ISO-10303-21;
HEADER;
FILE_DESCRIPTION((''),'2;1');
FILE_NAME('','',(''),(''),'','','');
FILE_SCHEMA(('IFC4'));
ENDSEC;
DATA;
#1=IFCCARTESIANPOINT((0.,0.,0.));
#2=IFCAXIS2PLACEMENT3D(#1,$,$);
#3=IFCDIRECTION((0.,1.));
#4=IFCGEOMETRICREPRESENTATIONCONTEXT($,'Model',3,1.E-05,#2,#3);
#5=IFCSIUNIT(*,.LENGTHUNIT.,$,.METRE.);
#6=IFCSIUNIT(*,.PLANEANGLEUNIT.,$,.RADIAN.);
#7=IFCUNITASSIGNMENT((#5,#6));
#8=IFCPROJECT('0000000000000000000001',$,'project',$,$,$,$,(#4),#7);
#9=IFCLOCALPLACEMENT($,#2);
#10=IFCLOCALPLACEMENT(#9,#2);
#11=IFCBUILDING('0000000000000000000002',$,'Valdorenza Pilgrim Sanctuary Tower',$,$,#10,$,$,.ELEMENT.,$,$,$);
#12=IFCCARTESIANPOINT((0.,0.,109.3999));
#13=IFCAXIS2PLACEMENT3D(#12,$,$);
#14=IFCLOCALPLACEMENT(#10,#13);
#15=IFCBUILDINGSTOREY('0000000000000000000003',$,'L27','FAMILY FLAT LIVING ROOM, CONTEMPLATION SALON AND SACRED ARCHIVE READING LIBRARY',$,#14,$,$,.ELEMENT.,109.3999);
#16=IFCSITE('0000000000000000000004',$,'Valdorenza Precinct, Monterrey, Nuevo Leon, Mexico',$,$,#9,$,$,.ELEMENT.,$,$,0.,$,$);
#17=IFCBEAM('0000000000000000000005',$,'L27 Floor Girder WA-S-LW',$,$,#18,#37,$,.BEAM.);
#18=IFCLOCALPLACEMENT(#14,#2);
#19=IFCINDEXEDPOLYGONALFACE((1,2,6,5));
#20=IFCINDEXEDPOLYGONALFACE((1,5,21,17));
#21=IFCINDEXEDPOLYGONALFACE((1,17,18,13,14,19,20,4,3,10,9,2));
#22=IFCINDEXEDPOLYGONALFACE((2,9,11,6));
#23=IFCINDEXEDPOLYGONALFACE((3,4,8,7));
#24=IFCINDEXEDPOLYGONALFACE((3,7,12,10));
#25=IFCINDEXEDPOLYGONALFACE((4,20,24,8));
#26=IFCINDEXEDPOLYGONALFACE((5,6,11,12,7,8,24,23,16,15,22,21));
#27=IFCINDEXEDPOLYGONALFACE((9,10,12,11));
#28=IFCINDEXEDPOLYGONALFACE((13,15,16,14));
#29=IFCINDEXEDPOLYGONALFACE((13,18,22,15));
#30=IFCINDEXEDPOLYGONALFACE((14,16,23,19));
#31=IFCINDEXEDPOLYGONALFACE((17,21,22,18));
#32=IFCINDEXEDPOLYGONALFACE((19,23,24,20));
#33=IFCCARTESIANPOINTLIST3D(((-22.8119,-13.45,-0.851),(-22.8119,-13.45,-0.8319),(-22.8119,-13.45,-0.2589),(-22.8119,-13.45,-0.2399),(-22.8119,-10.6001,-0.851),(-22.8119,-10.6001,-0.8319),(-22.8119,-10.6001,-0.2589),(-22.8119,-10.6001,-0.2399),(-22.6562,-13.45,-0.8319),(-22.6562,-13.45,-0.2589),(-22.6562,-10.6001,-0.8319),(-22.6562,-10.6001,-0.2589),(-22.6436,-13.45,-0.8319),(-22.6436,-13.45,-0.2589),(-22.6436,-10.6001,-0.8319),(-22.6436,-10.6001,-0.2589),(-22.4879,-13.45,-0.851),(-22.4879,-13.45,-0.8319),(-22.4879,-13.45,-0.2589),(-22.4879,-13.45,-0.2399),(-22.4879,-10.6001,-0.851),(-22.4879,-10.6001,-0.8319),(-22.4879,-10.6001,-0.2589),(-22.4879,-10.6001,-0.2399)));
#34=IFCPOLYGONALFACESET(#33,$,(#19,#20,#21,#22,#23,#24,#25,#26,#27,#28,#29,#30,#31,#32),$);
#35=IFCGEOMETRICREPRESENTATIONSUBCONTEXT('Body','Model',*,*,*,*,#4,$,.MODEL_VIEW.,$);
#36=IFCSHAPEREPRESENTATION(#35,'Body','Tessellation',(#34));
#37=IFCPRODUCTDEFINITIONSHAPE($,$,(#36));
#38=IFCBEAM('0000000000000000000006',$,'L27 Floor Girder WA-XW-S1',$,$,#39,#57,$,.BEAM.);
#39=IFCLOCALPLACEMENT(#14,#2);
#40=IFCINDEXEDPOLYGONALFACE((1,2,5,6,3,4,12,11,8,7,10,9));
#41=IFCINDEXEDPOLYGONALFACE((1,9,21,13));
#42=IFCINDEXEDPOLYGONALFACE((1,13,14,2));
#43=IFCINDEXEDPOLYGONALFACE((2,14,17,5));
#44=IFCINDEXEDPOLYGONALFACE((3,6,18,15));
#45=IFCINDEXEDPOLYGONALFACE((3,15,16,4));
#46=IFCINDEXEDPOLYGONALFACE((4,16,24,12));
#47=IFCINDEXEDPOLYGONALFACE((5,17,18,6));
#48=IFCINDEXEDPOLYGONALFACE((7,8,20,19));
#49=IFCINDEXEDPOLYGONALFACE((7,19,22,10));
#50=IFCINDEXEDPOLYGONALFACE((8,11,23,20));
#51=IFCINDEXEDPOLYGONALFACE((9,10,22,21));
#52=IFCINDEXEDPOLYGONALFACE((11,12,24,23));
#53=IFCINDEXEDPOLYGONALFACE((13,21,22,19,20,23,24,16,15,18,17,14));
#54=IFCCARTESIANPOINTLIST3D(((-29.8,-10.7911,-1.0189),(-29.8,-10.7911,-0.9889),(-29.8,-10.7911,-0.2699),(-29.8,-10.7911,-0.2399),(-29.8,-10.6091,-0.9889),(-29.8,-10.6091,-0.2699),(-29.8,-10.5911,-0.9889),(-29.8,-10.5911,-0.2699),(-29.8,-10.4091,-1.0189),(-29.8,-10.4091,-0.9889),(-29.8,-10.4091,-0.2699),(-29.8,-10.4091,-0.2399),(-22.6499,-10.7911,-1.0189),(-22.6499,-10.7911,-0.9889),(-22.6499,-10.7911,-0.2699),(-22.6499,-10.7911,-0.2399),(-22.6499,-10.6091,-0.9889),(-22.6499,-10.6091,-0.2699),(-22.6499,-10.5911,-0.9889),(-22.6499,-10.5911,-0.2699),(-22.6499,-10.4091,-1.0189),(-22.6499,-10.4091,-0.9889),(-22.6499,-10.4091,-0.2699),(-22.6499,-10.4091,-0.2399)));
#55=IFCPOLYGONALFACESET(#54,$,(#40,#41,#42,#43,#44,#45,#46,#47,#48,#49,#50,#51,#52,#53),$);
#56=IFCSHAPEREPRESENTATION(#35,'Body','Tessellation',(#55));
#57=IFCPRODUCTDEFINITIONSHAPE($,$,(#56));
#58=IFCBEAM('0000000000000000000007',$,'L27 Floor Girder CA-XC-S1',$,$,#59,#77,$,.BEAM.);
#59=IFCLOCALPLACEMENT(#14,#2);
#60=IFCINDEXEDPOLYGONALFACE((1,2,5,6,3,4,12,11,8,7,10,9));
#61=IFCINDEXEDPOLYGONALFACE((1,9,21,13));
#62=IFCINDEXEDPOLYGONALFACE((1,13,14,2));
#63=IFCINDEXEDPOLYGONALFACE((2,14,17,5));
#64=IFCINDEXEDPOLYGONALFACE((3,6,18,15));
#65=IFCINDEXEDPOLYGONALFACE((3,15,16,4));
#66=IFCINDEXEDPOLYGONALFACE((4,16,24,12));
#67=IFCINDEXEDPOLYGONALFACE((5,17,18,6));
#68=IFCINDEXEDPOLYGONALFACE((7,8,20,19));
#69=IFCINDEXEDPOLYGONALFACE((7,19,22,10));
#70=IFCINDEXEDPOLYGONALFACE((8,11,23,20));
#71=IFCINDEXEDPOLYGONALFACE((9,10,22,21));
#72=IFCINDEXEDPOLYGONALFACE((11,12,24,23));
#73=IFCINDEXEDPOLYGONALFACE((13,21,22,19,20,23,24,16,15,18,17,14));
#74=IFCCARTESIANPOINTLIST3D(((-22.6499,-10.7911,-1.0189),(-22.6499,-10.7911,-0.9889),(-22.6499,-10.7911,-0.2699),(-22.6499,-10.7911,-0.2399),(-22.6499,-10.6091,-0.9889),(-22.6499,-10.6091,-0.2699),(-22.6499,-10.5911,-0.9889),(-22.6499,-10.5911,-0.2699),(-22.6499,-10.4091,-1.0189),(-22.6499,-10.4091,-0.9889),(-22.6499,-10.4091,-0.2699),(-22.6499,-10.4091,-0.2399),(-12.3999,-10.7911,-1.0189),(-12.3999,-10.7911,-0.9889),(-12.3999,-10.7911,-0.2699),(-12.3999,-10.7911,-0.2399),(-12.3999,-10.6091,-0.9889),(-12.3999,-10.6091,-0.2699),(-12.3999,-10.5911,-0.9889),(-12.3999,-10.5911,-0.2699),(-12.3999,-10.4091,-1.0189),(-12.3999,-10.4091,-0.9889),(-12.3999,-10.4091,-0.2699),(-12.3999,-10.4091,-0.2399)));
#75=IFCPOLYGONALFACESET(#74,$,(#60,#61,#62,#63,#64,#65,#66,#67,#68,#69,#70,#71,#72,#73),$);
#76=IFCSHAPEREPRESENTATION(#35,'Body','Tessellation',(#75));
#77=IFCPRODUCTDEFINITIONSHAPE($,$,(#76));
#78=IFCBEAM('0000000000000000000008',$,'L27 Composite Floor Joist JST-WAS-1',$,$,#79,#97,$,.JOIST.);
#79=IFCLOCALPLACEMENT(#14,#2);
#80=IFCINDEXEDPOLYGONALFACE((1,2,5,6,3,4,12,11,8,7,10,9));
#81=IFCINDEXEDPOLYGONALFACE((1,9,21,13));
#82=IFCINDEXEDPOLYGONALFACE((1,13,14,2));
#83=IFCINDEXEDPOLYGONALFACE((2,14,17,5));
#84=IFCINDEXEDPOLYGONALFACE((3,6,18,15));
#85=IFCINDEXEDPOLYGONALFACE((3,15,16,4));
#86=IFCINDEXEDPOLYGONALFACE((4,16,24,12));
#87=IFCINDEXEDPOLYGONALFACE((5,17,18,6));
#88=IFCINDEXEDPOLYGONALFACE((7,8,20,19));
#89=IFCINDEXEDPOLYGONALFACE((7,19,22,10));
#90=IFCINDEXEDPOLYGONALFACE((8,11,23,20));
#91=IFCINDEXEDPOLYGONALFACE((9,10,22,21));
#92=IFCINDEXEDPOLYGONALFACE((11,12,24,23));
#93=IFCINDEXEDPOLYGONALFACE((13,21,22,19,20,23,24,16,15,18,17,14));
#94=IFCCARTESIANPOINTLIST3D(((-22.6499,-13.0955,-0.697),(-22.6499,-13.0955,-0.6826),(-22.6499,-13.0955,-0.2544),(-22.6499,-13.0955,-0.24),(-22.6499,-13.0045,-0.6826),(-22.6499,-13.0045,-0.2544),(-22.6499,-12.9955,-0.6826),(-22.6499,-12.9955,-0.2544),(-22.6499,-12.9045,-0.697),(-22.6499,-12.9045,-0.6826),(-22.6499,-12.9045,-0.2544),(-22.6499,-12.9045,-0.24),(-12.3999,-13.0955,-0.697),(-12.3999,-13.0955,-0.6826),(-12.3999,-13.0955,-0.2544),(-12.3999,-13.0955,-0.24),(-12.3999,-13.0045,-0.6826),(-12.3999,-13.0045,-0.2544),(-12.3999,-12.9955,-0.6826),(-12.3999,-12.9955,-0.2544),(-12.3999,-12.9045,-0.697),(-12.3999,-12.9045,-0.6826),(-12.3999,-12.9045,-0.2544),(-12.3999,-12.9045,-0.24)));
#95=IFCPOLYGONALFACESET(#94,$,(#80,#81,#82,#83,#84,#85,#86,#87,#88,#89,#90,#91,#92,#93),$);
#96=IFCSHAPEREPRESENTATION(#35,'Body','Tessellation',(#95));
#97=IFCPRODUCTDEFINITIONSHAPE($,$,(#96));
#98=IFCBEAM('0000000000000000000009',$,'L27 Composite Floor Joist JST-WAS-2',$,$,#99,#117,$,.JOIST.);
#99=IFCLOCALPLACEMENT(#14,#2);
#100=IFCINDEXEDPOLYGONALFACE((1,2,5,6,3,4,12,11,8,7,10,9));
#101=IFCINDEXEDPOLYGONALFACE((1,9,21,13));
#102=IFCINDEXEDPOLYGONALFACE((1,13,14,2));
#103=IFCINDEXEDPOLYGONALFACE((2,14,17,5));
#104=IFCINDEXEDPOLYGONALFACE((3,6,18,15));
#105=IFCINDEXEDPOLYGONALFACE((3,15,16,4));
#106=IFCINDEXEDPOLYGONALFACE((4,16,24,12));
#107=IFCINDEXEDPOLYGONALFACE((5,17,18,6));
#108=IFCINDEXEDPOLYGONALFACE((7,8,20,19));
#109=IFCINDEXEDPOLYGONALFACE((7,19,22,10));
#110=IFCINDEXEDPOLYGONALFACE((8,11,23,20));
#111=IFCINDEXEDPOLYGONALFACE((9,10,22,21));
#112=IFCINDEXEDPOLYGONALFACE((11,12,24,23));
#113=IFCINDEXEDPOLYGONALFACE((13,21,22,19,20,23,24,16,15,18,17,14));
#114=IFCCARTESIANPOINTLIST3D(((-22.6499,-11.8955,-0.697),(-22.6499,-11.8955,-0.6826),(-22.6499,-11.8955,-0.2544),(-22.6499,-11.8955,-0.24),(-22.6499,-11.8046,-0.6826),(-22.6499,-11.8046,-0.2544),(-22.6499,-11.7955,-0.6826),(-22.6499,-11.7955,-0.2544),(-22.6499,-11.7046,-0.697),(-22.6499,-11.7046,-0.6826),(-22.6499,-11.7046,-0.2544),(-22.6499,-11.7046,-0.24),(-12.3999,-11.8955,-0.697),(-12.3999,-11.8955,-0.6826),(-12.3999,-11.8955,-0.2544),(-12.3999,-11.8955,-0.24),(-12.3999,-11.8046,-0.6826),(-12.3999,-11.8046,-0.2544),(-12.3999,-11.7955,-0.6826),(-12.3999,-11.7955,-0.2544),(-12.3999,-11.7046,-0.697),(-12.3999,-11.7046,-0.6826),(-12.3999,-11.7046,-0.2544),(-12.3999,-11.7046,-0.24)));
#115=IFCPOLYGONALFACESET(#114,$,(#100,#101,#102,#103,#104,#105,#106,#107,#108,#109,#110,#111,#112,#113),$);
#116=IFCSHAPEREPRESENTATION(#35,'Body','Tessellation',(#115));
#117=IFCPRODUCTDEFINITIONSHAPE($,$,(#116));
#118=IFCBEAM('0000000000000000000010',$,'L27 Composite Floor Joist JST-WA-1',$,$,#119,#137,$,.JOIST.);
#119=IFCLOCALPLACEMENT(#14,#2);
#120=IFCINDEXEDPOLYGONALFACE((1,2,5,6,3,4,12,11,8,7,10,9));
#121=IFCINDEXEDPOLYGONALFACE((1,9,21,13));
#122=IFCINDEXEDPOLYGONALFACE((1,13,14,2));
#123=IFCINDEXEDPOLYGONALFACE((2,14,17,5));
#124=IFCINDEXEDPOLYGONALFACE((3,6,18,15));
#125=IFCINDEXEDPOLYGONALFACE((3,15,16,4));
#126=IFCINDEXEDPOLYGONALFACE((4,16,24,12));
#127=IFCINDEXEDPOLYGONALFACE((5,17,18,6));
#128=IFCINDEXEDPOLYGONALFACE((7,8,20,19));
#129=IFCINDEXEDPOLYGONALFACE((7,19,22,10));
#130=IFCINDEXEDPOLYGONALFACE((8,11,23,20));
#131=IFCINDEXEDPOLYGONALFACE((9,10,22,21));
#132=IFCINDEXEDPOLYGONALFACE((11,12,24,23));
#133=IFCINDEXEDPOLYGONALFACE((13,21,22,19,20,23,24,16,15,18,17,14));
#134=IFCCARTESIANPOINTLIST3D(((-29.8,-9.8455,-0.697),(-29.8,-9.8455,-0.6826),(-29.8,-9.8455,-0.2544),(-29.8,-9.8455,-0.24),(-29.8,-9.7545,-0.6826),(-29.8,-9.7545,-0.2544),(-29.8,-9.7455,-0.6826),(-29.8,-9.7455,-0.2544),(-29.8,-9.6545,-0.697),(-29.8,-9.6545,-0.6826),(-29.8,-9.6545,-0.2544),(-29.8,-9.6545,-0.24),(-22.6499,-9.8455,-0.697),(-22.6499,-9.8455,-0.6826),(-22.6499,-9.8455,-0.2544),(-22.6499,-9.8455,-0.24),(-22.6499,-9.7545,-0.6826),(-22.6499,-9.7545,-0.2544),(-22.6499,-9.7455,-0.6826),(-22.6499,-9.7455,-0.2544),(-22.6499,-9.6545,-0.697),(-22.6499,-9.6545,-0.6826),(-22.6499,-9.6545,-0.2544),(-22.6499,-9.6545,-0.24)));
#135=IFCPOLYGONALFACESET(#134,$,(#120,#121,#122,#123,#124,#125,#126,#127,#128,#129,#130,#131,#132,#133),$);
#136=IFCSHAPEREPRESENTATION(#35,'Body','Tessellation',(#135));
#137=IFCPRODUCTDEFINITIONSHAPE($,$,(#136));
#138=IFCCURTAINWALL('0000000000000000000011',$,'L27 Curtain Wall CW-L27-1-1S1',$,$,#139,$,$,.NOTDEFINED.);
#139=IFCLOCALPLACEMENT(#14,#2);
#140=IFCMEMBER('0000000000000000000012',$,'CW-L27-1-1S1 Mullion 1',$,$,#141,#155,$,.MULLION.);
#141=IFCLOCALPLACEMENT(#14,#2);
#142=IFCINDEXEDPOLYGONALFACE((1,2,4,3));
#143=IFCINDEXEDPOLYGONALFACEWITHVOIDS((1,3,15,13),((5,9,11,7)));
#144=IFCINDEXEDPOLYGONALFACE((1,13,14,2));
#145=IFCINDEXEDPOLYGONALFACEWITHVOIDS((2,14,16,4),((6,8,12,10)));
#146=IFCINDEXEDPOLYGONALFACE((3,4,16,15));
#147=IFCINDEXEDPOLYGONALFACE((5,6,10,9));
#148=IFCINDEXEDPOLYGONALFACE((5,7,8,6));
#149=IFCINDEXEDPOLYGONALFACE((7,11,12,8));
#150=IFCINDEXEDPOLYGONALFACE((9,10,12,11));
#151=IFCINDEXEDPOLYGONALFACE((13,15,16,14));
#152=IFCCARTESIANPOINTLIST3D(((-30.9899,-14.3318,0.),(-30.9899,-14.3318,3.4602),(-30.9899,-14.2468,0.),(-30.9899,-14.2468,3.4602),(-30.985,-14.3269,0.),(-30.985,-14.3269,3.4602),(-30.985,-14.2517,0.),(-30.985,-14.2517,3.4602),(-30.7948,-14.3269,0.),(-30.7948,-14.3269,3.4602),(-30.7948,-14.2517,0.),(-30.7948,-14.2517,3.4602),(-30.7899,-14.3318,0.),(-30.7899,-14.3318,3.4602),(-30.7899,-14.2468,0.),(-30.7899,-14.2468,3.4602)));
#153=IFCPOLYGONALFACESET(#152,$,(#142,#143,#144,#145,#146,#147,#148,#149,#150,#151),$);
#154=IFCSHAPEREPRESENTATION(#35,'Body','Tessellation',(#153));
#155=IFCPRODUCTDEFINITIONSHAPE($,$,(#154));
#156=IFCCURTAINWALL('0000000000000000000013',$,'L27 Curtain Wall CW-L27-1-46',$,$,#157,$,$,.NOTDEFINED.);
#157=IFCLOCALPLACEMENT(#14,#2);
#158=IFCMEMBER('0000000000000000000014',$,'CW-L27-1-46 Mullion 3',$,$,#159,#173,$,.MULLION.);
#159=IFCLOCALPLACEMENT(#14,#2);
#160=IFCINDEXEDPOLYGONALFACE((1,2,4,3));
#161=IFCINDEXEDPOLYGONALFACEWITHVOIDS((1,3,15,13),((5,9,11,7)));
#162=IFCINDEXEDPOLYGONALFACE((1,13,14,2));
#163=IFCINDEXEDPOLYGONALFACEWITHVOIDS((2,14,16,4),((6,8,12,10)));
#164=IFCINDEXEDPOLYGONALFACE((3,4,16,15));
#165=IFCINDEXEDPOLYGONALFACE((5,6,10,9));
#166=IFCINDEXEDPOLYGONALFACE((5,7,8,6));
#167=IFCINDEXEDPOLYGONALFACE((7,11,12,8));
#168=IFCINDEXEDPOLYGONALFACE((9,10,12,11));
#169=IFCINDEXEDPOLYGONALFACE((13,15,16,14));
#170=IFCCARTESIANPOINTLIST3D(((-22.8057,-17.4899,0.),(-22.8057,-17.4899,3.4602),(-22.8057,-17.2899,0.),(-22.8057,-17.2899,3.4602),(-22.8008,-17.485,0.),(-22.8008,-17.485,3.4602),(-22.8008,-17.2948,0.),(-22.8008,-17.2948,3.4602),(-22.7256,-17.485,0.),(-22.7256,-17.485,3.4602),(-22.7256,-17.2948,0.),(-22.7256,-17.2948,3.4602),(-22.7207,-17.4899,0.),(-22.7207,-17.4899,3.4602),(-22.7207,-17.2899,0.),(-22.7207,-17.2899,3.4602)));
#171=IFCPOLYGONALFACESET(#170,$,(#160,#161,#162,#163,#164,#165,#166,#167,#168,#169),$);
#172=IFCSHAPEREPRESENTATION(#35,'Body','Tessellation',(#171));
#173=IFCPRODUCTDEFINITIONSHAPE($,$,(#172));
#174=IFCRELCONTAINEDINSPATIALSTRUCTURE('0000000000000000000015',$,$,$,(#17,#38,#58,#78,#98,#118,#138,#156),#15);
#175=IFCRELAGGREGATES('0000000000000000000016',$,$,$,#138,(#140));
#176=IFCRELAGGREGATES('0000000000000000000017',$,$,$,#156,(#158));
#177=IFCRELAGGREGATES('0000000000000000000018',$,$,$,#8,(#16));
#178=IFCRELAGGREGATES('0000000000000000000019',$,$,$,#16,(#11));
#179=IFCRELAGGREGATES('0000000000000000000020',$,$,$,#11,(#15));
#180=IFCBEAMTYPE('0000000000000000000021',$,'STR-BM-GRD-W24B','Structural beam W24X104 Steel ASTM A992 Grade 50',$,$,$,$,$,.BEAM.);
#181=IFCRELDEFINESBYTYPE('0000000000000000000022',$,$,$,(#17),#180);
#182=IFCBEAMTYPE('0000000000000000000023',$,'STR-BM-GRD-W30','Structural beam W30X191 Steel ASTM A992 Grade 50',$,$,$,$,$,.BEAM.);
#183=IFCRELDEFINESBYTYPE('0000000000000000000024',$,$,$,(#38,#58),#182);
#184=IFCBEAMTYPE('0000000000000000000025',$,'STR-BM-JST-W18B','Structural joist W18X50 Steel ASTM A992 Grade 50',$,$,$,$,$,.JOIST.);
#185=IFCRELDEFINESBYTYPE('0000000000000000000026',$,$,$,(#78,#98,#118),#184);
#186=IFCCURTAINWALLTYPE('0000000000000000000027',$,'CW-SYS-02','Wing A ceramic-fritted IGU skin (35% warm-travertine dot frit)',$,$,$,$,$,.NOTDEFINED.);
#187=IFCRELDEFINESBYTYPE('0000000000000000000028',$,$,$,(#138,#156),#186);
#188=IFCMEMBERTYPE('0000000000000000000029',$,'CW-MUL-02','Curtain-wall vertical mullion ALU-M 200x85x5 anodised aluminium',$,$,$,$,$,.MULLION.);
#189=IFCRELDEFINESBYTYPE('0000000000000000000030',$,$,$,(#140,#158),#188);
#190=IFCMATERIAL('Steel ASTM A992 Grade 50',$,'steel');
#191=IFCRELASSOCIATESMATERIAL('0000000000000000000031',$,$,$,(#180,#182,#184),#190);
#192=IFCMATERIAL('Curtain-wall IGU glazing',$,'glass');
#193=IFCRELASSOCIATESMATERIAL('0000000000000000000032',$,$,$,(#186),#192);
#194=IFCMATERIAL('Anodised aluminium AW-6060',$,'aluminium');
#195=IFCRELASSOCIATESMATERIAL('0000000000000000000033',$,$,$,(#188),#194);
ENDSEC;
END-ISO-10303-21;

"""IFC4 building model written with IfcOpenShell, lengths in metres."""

from ifc_helpers import new_model, si_unit, direction, frame, origin, origin_2d, place, context, subcontext, project, spatial, hollow_rectangle, i_section, extrude, source, transform, mapped, material, material_profile, profile_set, type_object, element, aggregate, save


model = new_model("IFC4")

# Units and contexts
model_context = context("Model", 3, precision=1e-05, world=origin(), true_north=direction((0.0, 1.0)))
body_context = subcontext(model_context, "Body", "Model", "MODEL_VIEW")
ifc_project = project(units=[si_unit("LENGTHUNIT", "METRE"), si_unit("PLANEANGLEUNIT", "RADIAN")], contexts=[model_context])

# Site, building, storey
site_placement = place(None, origin())
site = spatial("IfcSite", under=ifc_project, at=site_placement, Name="Valdorenza Precinct, Monterrey, Nuevo Leon, Mexico", CompositionType="ELEMENT", RefElevation=0.0)
building_placement = place(site_placement, origin())
building = spatial("IfcBuilding", under=site, at=building_placement, Name="Valdorenza Pilgrim Sanctuary Tower", CompositionType="ELEMENT")
storey_placement = place(building_placement, frame((0.0, 0.0, 109.3999)))
storey = spatial("IfcBuildingStorey", under=building, at=storey_placement, Name="L27", Description="FAMILY FLAT LIVING ROOM, CONTEMPLATION SALON AND SACRED ARCHIVE READING LIBRARY", CompositionType="ELEMENT", Elevation=109.3999)

# Shared definitions
ifc_material_1 = material(Name="Steel ASTM A992 Grade 50", Category="steel")

# Beams
ifc_material_profile_1 = material_profile(ifc_material_1, i_section(OverallWidth=0.324, OverallDepth=0.6111, WebThickness=0.0127, FlangeThickness=0.019, at=origin_2d()), Name="W24X104")
ifc_profile_set_1 = profile_set([ifc_material_profile_1], Name="Steel ASTM A992 Grade 50")
beam_type_1 = type_object("IfcBeamType", Name="STR-BM-GRD-W24B", Description="Structural beam W24X104 Steel ASTM A992 Grade 50", PredefinedType="BEAM", material=ifc_profile_set_1)
shared_shape_1 = source(origin(), body_context, "Body", "SweptSolid", [
    extrude(i_section(OverallWidth=0.324, OverallDepth=0.6111, WebThickness=0.0127, FlangeThickness=0.019, at=origin_2d()), origin(), (0.0, 0.0, 1.0), 2.8499),
])
beam_1_placement = place(storey_placement, frame((-22.6499, -13.45, -0.5454), z_axis=(0.0, 1.0, 0.0), x_axis=(-1.0, 0.0, 0.0)))
element("IfcBeam", 1, at=beam_1_placement, inside=storey, type_object=beam_type_1, Name="L27 Floor Girder WA-S-LW", PredefinedType="BEAM", context=body_context, shape_type="MappedRepresentation", body=[
    mapped(shared_shape_1, transform((0.0, 0.0, 0.0), x_axis=(1.0, 0.0, 0.0), y_axis=(0.0, 1.0, 0.0), z_axis=(0.0, 0.0, 1.0), scale=1.0)),
])
ifc_material_profile_2 = material_profile(ifc_material_1, i_section(OverallWidth=0.3821, OverallDepth=0.7791, WebThickness=0.0181, FlangeThickness=0.03, at=origin_2d()), Name="W30X191")
ifc_profile_set_2 = profile_set([ifc_material_profile_2], Name="Steel ASTM A992 Grade 50")
beam_type_2 = type_object("IfcBeamType", Name="STR-BM-GRD-W30", Description="Structural beam W30X191 Steel ASTM A992 Grade 50", PredefinedType="BEAM", material=ifc_profile_set_2)
shared_shape_2 = source(origin(), body_context, "Body", "SweptSolid", [
    extrude(i_section(OverallWidth=0.3821, OverallDepth=0.7791, WebThickness=0.0181, FlangeThickness=0.03, at=origin_2d()), origin(), (0.0, 0.0, 1.0), 7.1501),
])
beam_2_placement = place(storey_placement, frame((-29.8, -10.6001, -0.6294), z_axis=(1.0, 0.0, 0.0), x_axis=(0.0, 1.0, 0.0)))
element("IfcBeam", 2, at=beam_2_placement, inside=storey, type_object=beam_type_2, Name="L27 Floor Girder WA-XW-S1", PredefinedType="BEAM", context=body_context, shape_type="MappedRepresentation", body=[
    mapped(shared_shape_2, transform((0.0, 0.0, 0.0), x_axis=(1.0, 0.0, 0.0), y_axis=(0.0, 1.0, 0.0), z_axis=(0.0, 0.0, 1.0), scale=1.0)),
])
shared_shape_3 = source(origin(), body_context, "Body", "SweptSolid", [
    extrude(i_section(OverallWidth=0.3821, OverallDepth=0.7791, WebThickness=0.0181, FlangeThickness=0.03, at=origin_2d()), origin(), (0.0, 0.0, 1.0), 10.25),
])
beam_3_placement = place(storey_placement, frame((-22.6499, -10.6001, -0.6294), z_axis=(1.0, 0.0, 0.0), x_axis=(0.0, 1.0, 0.0)))
element("IfcBeam", 3, at=beam_3_placement, inside=storey, type_object=beam_type_2, Name="L27 Floor Girder CA-XC-S1", PredefinedType="BEAM", context=body_context, shape_type="MappedRepresentation", body=[
    mapped(shared_shape_3, transform((0.0, 0.0, 0.0), x_axis=(1.0, 0.0, 0.0), y_axis=(0.0, 1.0, 0.0), z_axis=(0.0, 0.0, 1.0), scale=1.0)),
])
ifc_material_profile_3 = material_profile(ifc_material_1, i_section(OverallWidth=0.1909, OverallDepth=0.457, WebThickness=0.009, FlangeThickness=0.0144, at=origin_2d()), Name="W18X50")
ifc_profile_set_3 = profile_set([ifc_material_profile_3], Name="Steel ASTM A992 Grade 50")
beam_type_3 = type_object("IfcBeamType", Name="STR-BM-JST-W18B", Description="Structural joist W18X50 Steel ASTM A992 Grade 50", PredefinedType="JOIST", material=ifc_profile_set_3)
shared_shape_4 = source(origin(), body_context, "Body", "SweptSolid", [
    extrude(i_section(OverallWidth=0.1909, OverallDepth=0.457, WebThickness=0.009, FlangeThickness=0.0144, at=origin_2d()), origin(), (0.0, 0.0, 1.0), 10.25),
])
for number, where, z_axis, x_axis, name in (
    (4, (-22.6499, -13.0, -0.4685), (1.0, 0.0, 0.0), (0.0, 1.0, 0.0), "L27 Composite Floor Joist JST-WAS-1"),
    (5, (-22.6499, -11.8, -0.4685), (1.0, 0.0, 0.0), (0.0, 1.0, 0.0), "L27 Composite Floor Joist JST-WAS-2"),
):
    element("IfcBeam", number, at=place(storey_placement, frame(where, z_axis=z_axis, x_axis=x_axis)), inside=storey, type_object=beam_type_3, Name=name, PredefinedType="JOIST", context=body_context, shape_type="MappedRepresentation", body=[
        mapped(shared_shape_4, transform((0.0, 0.0, 0.0), x_axis=(1.0, 0.0, 0.0), y_axis=(0.0, 1.0, 0.0), z_axis=(0.0, 0.0, 1.0), scale=1.0)),
    ])
shared_shape_5 = source(origin(), body_context, "Body", "SweptSolid", [
    extrude(i_section(OverallWidth=0.1909, OverallDepth=0.457, WebThickness=0.009, FlangeThickness=0.0144, at=origin_2d()), origin(), (0.0, 0.0, 1.0), 7.1501),
])
beam_4_placement = place(storey_placement, frame((-29.8, -9.75, -0.4685), z_axis=(1.0, 0.0, 0.0), x_axis=(0.0, 1.0, 0.0)))
element("IfcBeam", 6, at=beam_4_placement, inside=storey, type_object=beam_type_3, Name="L27 Composite Floor Joist JST-WA-1", PredefinedType="JOIST", context=body_context, shape_type="MappedRepresentation", body=[
    mapped(shared_shape_5, transform((0.0, 0.0, 0.0), x_axis=(1.0, 0.0, 0.0), y_axis=(0.0, 1.0, 0.0), z_axis=(0.0, 0.0, 1.0), scale=1.0)),
])

# Curtain wall, member
ifc_material_2 = material(Name="Curtain-wall IGU glazing", Category="glass")
curtain_wall_type = type_object("IfcCurtainWallType", Name="CW-SYS-02", Description="Wing A ceramic-fritted IGU skin (35% warm-travertine dot frit)", PredefinedType="NOTDEFINED", material=ifc_material_2)
curtain_wall_1_placement = place(storey_placement, origin())
curtain_wall_1 = element("IfcCurtainWall", 7, at=curtain_wall_1_placement, inside=storey, type_object=curtain_wall_type, Name="L27 Curtain Wall CW-L27-1-1S1", PredefinedType="NOTDEFINED")
ifc_material_3 = material(Name="Anodised aluminium AW-6060", Category="aluminium")
ifc_material_profile_4 = material_profile(ifc_material_3, hollow_rectangle(XDim=0.085, YDim=0.2, WallThickness=0.0049, at=origin_2d()), Name="ALU-M 200x85x5")
ifc_profile_set_4 = profile_set([ifc_material_profile_4], Name="Anodised aluminium AW-6060")
member_type_1 = type_object("IfcMemberType", Name="CW-MUL-02", Description="Curtain-wall vertical mullion ALU-M 200x85x5 anodised aluminium", PredefinedType="MULLION", material=ifc_profile_set_4)
shared_shape_6 = source(origin(), body_context, "Body", "SweptSolid", [
    extrude(hollow_rectangle(XDim=0.085, YDim=0.2, WallThickness=0.0049, at=origin_2d()), origin(), (0.0, 0.0, 1.0), 3.4602),
])
member_1_placement = place(storey_placement, frame((-30.8899, -14.2893, 0.0), z_axis=(0.0, 0.0, 1.0), x_axis=(0.0, 1.0, 0.0)))
member_1 = element("IfcMember", 8, at=member_1_placement, type_object=member_type_1, Name="CW-L27-1-1S1 Mullion 1", PredefinedType="MULLION", context=body_context, shape_type="MappedRepresentation", body=[
    mapped(shared_shape_6, transform((0.0, 0.0, 0.0), x_axis=(1.0, 0.0, 0.0), y_axis=(0.0, 1.0, 0.0), z_axis=(0.0, 0.0, 1.0), scale=1.0)),
])

# Curtain wall, member
curtain_wall_2_placement = place(storey_placement, origin())
curtain_wall_2 = element("IfcCurtainWall", 9, at=curtain_wall_2_placement, inside=storey, type_object=curtain_wall_type, Name="L27 Curtain Wall CW-L27-1-46", PredefinedType="NOTDEFINED")
member_2_placement = place(storey_placement, frame((-22.7632, -17.3899, 0.0), z_axis=(0.0, 0.0, 1.0), x_axis=(-1.0, 0.0, 0.0)))
member_2 = element("IfcMember", 10, at=member_2_placement, type_object=member_type_1, Name="CW-L27-1-46 Mullion 3", PredefinedType="MULLION", context=body_context, shape_type="MappedRepresentation", body=[
    mapped(shared_shape_6, transform((0.0, 0.0, 0.0), x_axis=(1.0, 0.0, 0.0), y_axis=(0.0, 1.0, 0.0), z_axis=(0.0, 0.0, 1.0), scale=1.0)),
])

aggregate(curtain_wall_1, [member_1])
aggregate(curtain_wall_2, [member_2])

save(model, "model.ifc")
